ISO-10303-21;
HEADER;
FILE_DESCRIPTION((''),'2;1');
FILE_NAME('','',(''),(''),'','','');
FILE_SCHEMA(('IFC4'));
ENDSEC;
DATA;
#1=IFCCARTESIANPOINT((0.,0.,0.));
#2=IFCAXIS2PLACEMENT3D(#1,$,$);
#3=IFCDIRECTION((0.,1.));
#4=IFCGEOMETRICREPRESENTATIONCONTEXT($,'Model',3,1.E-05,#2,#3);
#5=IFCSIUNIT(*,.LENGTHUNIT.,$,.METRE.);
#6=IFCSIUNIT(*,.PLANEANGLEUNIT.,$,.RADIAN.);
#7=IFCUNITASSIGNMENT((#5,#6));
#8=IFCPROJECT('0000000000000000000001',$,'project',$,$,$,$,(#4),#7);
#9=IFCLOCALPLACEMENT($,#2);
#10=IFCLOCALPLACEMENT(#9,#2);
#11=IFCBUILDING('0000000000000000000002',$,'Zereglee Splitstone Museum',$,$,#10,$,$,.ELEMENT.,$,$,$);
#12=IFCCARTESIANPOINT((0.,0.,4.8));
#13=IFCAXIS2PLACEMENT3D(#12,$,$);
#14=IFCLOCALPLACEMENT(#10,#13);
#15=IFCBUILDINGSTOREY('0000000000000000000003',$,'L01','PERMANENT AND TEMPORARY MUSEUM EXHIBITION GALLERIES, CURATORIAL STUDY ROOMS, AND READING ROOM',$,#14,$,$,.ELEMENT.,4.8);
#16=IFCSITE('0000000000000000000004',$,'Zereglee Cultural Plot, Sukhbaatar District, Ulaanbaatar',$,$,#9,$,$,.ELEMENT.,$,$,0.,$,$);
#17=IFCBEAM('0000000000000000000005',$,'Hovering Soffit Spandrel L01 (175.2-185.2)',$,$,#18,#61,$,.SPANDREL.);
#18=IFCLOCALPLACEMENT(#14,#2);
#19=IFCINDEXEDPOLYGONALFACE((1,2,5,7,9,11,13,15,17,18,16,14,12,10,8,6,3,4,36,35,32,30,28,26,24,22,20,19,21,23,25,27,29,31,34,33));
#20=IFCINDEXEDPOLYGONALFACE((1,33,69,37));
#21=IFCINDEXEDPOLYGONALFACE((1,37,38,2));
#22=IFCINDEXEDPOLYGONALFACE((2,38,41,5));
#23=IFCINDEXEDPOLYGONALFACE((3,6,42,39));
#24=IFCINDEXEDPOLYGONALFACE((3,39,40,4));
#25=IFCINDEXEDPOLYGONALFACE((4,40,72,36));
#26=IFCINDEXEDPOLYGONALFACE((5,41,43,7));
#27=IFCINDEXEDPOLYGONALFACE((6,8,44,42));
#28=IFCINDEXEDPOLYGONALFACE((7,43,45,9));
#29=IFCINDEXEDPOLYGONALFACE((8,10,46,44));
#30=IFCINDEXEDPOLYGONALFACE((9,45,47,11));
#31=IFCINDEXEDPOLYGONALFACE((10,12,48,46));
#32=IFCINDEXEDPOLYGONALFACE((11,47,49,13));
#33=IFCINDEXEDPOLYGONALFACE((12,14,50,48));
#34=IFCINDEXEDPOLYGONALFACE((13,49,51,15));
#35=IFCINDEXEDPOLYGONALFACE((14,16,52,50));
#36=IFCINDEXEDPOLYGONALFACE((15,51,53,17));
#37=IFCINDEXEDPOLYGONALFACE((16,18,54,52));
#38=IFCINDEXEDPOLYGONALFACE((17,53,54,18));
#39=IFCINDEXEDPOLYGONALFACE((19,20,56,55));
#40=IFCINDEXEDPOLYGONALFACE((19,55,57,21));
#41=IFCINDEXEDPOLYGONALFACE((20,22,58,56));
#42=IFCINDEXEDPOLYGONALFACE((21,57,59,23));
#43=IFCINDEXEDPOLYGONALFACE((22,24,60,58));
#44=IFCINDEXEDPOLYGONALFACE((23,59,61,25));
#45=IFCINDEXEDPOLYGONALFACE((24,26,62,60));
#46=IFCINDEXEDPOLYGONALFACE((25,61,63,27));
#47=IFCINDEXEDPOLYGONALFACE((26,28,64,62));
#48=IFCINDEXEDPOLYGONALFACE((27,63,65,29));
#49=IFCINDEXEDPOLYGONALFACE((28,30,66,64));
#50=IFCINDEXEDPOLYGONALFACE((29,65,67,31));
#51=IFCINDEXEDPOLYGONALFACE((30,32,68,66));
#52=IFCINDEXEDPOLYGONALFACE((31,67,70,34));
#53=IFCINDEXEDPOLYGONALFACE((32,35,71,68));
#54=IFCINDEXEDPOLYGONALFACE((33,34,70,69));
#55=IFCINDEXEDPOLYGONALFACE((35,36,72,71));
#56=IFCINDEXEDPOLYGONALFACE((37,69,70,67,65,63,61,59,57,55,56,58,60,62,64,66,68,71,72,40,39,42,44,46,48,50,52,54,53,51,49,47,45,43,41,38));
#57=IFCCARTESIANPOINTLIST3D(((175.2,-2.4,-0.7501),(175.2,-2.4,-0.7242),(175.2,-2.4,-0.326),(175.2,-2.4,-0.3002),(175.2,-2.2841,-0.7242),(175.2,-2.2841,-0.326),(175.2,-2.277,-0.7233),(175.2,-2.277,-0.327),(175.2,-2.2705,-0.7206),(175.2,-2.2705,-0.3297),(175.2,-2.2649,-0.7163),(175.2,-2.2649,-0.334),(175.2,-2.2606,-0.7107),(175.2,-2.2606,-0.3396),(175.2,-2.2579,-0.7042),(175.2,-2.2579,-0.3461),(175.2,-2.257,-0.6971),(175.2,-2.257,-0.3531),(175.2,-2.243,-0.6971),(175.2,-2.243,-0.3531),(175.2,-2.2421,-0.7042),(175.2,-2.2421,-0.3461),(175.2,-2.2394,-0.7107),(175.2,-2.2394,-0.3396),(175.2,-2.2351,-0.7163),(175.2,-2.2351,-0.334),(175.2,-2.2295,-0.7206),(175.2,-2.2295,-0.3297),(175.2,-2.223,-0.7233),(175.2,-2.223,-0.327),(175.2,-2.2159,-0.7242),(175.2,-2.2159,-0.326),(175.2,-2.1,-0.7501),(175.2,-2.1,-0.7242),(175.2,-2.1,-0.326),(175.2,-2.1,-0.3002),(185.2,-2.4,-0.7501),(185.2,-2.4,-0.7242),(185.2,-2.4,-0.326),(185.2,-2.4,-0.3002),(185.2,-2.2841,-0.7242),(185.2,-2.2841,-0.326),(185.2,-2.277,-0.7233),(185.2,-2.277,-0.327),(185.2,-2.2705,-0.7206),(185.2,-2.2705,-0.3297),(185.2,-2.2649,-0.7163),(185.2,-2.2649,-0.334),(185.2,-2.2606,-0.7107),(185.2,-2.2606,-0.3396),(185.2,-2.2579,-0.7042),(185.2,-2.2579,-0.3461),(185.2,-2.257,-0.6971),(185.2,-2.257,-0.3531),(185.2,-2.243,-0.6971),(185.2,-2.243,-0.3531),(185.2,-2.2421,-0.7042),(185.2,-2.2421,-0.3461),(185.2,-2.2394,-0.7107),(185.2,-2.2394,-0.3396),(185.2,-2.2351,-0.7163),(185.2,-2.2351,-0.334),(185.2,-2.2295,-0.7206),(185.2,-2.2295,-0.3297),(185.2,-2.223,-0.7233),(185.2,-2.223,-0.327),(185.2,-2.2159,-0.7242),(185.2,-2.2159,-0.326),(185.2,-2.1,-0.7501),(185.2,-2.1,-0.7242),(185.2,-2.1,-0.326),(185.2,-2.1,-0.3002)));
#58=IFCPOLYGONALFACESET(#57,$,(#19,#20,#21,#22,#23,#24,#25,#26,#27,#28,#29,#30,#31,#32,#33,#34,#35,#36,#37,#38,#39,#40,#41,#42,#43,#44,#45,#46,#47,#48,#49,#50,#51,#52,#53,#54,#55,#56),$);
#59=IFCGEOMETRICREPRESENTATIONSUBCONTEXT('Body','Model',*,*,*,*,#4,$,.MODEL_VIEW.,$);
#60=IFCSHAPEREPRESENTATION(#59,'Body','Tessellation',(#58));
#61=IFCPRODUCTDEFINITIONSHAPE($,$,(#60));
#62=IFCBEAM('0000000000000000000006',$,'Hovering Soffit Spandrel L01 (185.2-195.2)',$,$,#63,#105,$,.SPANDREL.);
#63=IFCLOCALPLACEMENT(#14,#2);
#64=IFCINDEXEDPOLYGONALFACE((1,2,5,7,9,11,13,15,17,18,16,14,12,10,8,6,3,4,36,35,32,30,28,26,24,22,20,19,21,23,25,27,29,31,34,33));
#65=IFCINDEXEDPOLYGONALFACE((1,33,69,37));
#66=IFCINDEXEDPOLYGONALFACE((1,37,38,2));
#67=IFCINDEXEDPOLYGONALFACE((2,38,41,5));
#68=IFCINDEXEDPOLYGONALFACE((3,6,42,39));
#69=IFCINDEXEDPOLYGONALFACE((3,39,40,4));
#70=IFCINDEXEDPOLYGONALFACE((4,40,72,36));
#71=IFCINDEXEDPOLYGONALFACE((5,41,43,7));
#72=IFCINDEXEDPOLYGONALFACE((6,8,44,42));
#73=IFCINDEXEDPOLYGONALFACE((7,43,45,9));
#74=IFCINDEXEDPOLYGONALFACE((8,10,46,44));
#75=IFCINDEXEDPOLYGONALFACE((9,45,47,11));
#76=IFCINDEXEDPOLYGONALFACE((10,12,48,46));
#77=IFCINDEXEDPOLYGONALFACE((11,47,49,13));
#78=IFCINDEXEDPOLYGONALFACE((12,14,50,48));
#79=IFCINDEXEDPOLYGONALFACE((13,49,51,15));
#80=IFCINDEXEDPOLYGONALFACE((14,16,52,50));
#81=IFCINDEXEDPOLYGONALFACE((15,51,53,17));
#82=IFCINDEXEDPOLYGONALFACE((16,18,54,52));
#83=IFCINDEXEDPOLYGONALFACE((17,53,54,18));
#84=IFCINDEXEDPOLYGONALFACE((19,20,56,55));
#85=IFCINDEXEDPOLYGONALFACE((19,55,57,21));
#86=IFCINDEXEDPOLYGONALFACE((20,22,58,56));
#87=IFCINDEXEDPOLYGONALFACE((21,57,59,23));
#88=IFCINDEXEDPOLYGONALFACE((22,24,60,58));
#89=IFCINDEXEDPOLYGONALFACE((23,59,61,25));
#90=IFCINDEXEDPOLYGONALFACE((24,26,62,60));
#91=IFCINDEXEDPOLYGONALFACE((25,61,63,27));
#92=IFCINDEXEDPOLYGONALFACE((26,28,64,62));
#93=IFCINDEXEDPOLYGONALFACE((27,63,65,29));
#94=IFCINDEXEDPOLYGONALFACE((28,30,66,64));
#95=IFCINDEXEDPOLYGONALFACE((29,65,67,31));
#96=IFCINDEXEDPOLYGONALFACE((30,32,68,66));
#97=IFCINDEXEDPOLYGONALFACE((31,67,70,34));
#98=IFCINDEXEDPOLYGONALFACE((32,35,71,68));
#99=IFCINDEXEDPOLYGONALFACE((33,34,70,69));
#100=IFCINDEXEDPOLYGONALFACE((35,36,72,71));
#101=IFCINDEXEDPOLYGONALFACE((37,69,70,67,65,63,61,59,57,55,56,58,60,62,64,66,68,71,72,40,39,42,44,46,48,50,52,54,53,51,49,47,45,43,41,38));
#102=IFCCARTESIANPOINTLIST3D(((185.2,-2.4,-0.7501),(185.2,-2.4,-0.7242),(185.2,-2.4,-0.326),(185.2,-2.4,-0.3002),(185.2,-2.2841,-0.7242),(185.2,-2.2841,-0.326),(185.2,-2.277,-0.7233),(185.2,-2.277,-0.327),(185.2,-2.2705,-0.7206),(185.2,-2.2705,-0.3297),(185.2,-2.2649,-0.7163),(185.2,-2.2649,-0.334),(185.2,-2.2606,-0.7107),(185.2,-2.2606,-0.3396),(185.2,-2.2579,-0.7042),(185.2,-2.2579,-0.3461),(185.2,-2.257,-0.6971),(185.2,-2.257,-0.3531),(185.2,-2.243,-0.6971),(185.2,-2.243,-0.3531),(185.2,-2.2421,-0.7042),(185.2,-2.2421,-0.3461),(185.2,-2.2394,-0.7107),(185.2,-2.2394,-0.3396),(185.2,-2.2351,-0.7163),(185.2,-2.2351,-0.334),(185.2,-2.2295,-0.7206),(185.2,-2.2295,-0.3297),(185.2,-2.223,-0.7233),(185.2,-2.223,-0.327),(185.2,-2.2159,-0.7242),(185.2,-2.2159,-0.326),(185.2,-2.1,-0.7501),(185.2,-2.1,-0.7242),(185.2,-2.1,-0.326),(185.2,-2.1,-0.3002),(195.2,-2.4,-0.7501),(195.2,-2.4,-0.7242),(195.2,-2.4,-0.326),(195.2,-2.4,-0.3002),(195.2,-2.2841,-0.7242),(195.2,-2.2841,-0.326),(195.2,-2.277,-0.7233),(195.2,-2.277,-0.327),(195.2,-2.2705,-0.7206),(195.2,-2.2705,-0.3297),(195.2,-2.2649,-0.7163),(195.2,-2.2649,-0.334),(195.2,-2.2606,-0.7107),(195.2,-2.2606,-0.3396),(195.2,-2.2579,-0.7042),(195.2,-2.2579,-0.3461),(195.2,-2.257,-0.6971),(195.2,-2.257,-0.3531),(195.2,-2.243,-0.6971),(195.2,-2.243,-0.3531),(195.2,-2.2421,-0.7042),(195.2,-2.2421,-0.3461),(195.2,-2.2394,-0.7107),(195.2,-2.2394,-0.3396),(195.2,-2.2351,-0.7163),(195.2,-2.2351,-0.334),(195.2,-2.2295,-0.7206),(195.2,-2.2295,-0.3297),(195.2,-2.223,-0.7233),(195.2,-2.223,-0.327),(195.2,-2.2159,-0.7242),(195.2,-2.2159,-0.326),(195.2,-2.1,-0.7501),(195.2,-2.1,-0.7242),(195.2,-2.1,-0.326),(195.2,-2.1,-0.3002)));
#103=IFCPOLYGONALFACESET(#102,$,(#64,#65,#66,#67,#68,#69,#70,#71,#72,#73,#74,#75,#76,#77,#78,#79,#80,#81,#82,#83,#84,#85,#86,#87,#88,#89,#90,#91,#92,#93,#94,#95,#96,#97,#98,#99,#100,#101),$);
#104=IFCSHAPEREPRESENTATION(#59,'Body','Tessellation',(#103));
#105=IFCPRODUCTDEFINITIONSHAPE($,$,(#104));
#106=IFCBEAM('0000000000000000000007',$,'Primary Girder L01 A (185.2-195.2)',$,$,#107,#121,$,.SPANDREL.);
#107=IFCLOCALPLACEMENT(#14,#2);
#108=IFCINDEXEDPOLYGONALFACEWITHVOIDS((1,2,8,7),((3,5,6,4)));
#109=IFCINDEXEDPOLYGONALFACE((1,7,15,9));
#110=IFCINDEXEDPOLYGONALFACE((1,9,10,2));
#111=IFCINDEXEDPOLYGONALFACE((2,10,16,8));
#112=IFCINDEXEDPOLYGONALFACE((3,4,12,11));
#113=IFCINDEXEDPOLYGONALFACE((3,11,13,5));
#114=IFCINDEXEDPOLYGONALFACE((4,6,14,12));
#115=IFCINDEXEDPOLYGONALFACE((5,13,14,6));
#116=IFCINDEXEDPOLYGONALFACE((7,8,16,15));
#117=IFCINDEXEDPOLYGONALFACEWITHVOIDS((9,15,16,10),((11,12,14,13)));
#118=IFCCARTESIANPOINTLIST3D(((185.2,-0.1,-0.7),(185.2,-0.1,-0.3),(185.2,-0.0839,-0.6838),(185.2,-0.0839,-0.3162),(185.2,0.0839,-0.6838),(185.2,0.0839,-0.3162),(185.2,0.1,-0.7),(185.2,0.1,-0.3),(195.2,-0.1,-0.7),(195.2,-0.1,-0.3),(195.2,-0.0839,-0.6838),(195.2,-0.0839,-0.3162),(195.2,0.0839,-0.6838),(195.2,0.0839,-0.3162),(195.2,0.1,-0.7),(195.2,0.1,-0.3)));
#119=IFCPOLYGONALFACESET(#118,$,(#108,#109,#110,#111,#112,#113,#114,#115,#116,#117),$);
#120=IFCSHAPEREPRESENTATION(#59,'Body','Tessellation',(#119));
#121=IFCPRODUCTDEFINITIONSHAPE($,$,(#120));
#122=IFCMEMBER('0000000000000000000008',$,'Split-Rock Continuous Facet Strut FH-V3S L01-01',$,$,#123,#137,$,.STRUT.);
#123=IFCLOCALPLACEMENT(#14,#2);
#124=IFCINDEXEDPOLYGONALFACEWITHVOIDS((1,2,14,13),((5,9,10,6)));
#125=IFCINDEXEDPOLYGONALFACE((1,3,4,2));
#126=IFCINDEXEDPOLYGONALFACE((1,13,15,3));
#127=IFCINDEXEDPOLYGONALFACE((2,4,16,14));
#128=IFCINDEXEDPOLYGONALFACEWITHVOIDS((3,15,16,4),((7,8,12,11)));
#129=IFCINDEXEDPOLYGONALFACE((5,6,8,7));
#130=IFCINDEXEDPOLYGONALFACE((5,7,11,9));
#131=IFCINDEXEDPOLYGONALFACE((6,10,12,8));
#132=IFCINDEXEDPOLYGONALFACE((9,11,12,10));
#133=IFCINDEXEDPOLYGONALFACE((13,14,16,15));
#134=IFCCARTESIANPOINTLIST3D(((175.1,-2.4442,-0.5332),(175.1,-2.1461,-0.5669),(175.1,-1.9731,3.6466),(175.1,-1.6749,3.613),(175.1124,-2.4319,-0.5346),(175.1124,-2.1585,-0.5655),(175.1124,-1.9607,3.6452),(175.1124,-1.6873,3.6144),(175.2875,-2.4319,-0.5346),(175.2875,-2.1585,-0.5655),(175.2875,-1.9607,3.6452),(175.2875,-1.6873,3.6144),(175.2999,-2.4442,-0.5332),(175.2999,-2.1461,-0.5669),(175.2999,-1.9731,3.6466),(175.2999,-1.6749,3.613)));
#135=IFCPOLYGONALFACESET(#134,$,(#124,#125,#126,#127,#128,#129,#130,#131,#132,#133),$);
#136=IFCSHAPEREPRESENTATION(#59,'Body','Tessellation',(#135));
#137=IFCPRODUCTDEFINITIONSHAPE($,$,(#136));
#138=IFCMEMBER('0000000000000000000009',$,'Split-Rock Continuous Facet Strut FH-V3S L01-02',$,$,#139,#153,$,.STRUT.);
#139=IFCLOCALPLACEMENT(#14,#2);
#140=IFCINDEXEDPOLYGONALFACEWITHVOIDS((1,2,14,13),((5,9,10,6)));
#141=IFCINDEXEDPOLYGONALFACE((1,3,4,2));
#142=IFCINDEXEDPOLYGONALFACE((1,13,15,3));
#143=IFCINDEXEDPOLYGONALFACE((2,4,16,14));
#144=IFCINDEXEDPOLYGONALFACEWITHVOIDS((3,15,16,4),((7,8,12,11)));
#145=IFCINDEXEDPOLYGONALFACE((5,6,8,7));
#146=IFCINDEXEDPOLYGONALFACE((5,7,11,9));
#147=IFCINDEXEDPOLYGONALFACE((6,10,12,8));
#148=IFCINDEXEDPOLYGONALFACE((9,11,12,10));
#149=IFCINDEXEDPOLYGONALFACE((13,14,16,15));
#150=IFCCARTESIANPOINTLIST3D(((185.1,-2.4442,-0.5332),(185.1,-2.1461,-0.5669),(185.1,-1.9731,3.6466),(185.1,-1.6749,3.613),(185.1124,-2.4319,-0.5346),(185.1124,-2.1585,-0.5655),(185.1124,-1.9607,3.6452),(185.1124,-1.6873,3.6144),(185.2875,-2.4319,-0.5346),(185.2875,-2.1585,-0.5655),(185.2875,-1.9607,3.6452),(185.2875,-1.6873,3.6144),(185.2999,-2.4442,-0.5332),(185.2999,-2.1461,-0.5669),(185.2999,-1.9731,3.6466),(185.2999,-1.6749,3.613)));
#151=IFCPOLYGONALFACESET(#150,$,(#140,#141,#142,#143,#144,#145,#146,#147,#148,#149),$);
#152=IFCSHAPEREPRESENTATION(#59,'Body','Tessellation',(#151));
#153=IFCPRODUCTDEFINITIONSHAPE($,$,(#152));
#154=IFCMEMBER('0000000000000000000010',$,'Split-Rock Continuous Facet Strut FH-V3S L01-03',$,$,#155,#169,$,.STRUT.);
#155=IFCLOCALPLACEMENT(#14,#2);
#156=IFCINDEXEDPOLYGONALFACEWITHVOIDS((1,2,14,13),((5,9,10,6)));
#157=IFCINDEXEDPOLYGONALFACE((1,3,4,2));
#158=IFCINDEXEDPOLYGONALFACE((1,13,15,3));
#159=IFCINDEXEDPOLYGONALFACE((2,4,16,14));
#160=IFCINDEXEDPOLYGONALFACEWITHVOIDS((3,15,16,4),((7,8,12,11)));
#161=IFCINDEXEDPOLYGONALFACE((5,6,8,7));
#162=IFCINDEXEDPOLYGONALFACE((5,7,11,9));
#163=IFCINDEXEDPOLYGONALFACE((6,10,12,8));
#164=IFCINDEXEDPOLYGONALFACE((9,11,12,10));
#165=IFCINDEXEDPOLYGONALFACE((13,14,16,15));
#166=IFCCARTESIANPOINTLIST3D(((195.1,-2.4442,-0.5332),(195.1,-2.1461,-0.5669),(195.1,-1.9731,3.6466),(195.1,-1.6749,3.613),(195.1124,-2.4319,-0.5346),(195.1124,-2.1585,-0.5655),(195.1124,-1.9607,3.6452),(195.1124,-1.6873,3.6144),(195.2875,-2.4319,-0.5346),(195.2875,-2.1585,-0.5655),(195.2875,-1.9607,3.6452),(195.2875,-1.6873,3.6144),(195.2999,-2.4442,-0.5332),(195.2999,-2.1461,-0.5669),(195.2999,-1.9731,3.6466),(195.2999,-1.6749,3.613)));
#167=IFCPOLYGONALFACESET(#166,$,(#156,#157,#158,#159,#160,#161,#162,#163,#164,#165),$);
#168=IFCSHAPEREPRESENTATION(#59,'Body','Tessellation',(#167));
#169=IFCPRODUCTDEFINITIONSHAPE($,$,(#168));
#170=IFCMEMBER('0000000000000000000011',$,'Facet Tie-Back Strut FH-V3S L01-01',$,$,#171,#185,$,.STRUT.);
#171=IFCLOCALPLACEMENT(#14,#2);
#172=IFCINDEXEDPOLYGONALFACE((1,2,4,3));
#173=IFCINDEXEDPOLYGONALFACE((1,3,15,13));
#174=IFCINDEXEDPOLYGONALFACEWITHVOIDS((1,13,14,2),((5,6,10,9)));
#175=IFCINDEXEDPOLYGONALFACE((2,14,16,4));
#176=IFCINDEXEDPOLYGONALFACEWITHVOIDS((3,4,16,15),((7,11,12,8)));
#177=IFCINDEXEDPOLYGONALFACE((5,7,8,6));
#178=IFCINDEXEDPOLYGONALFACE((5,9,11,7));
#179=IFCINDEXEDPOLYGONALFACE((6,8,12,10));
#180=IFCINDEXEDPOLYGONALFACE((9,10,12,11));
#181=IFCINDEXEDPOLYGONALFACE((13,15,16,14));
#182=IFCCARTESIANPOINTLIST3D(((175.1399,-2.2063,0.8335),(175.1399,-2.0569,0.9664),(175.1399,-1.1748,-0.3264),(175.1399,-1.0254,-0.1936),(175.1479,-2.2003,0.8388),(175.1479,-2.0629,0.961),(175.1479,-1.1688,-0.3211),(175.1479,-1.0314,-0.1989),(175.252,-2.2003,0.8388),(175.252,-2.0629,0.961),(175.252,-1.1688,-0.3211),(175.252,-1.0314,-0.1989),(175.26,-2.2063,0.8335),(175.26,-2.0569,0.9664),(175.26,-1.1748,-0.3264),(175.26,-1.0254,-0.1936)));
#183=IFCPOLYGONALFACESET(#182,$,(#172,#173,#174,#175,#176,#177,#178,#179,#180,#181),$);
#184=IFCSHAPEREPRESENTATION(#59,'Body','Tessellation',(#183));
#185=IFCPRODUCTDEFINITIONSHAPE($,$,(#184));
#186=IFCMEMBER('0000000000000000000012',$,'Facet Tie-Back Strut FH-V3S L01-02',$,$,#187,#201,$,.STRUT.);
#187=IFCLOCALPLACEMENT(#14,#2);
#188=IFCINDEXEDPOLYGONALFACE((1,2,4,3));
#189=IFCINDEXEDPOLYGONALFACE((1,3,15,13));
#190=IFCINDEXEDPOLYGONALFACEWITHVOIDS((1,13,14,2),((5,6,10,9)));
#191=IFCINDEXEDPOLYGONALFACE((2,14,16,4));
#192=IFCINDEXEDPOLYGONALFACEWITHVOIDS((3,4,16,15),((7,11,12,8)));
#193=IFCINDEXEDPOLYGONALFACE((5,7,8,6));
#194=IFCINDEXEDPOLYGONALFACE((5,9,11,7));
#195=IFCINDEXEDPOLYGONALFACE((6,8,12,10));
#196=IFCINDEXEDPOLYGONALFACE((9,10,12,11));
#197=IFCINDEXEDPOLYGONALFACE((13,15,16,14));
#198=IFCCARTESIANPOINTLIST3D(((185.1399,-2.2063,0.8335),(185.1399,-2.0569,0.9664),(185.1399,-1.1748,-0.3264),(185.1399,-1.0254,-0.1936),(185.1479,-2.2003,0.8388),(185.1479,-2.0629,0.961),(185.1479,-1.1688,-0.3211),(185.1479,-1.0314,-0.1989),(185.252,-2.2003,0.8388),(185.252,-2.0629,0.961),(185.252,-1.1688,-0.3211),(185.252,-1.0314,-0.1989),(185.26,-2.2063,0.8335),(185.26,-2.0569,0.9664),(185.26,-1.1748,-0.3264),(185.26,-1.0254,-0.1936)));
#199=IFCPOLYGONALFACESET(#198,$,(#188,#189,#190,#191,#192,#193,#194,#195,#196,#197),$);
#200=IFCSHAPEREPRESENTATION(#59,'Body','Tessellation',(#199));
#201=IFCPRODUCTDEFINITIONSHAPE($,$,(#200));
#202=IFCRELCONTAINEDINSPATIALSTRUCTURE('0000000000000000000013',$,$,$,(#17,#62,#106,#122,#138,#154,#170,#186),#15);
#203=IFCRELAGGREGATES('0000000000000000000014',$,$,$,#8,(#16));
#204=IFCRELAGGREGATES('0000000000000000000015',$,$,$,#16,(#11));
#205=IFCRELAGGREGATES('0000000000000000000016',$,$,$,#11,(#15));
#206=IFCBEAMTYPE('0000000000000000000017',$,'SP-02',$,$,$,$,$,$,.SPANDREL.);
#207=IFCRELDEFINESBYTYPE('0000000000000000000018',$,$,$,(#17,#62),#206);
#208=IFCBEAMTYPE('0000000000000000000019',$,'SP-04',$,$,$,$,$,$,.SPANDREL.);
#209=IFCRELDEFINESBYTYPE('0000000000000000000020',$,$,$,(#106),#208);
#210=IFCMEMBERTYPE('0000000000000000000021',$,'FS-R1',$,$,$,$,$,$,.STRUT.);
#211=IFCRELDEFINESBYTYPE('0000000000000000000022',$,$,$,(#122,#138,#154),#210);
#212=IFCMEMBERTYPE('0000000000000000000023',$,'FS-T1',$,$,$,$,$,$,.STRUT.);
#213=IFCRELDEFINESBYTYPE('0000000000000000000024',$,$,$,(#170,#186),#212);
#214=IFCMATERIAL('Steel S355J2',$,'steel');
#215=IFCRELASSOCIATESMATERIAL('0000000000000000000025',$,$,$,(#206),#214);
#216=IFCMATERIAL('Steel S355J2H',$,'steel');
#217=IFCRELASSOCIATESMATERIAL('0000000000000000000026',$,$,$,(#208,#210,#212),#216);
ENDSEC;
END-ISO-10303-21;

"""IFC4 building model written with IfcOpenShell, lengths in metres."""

from ifc_helpers import new_model, si_unit, direction, frame, origin, origin_2d, place, context, subcontext, project, spatial, hollow_rectangle, i_section, extrude, material, material_profile, profile_set, type_object, element, save


model = new_model("IFC4")

# Units and contexts
model_context = context("Model", 3, precision=1e-05, world=origin(), true_north=direction((0.0, 1.0)))
body_context = subcontext(model_context, "Body", "Model", "MODEL_VIEW")
ifc_project = project(units=[si_unit("LENGTHUNIT", "METRE"), si_unit("PLANEANGLEUNIT", "RADIAN")], contexts=[model_context])

# Site, building, storey
site_placement = place(None, origin())
site = spatial("IfcSite", under=ifc_project, at=site_placement, Name="Zereglee Cultural Plot, Sukhbaatar District, Ulaanbaatar", CompositionType="ELEMENT", RefElevation=0.0)
building_placement = place(site_placement, origin())
building = spatial("IfcBuilding", under=site, at=building_placement, Name="Zereglee Splitstone Museum", CompositionType="ELEMENT")
storey_placement = place(building_placement, frame((0.0, 0.0, 4.8)))
storey = spatial("IfcBuildingStorey", under=building, at=storey_placement, Name="L01", Description="PERMANENT AND TEMPORARY MUSEUM EXHIBITION GALLERIES, CURATORIAL STUDY ROOMS, AND READING ROOM", CompositionType="ELEMENT", Elevation=4.8)

# Shared definitions
ifc_material_1 = material(Name="Steel S355J2", Category="steel")

# Beams
ifc_material_profile_1 = material_profile(ifc_material_1, i_section(OverallWidth=0.3, OverallDepth=0.45, WebThickness=0.0139, FlangeThickness=0.0259, FilletRadius=0.0271, at=origin_2d()), Name="HE 450 B")
ifc_profile_set_1 = profile_set([ifc_material_profile_1], Name="Steel S355J2")
beam_type_1 = type_object("IfcBeamType", Name="SP-02", PredefinedType="SPANDREL", material=ifc_profile_set_1)
for number, where, z_axis, x_axis, name in (
    (1, (175.2, -2.25, -0.5251), (1.0, 0.0, 0.0), (0.0, 1.0, 0.0), "Hovering Soffit Spandrel L01 (175.2-185.2)"),
    (2, (185.2, -2.25, -0.5251), (1.0, 0.0, 0.0), (0.0, 1.0, 0.0), "Hovering Soffit Spandrel L01 (185.2-195.2)"),
):
    element("IfcBeam", number, at=place(storey_placement, frame(where, z_axis=z_axis, x_axis=x_axis)), inside=storey, type_object=beam_type_1, Name=name, PredefinedType="SPANDREL", context=body_context, shape_type="SweptSolid", body=[
        extrude(i_section(OverallWidth=0.3, OverallDepth=0.45, WebThickness=0.0139, FlangeThickness=0.0259, FilletRadius=0.0271, at=origin_2d()), origin(), (0.0, 0.0, 1.0), 10.0),
    ])
ifc_material_2 = material(Name="Steel S355J2H", Category="steel")
ifc_material_profile_2 = material_profile(ifc_material_2, hollow_rectangle(XDim=0.2, YDim=0.3999, WallThickness=0.0161, at=origin_2d()), Name="RHS 400x200x16")
ifc_profile_set_2 = profile_set([ifc_material_profile_2], Name="Steel S355J2H")
beam_type_2 = type_object("IfcBeamType", Name="SP-04", PredefinedType="SPANDREL", material=ifc_profile_set_2)
beam_1_placement = place(storey_placement, frame((185.2, 0.0, -0.5), z_axis=(1.0, 0.0, 0.0), x_axis=(0.0, 1.0, 0.0)))
element("IfcBeam", 3, at=beam_1_placement, inside=storey, type_object=beam_type_2, Name="Primary Girder L01 A (185.2-195.2)", PredefinedType="SPANDREL", context=body_context, shape_type="SweptSolid", body=[
    extrude(hollow_rectangle(XDim=0.2, YDim=0.3999, WallThickness=0.0161, at=origin_2d()), origin(), (0.0, 0.0, 1.0), 10.0),
])

# Members
ifc_material_profile_3 = material_profile(ifc_material_2, hollow_rectangle(XDim=0.2, YDim=0.3, WallThickness=0.0125, at=origin_2d()), Name="RHS 300x200x12.5")
ifc_profile_set_3 = profile_set([ifc_material_profile_3], Name="Steel S355J2H")
member_type_1 = type_object("IfcMemberType", Name="FS-R1", PredefinedType="STRUT", material=ifc_profile_set_3)
for number, where, z_axis, x_axis, name in (
    (4, (175.2, -2.2952, -0.55), (0.0, 0.112018, 0.993706), (-1.0, 0.0, 0.0), "Split-Rock Continuous Facet Strut FH-V3S L01-01"),
    (5, (185.2, -2.2952, -0.55), (0.0, 0.112018, 0.993706), (-1.0, 0.0, 0.0), "Split-Rock Continuous Facet Strut FH-V3S L01-02"),
    (6, (195.2, -2.2952, -0.55), (0.0, 0.112018, 0.993706), (-1.0, 0.0, 0.0), "Split-Rock Continuous Facet Strut FH-V3S L01-03"),
):
    element("IfcMember", number, at=place(storey_placement, frame(where, z_axis=z_axis, x_axis=x_axis)), inside=storey, type_object=member_type_1, Name=name, PredefinedType="STRUT", context=body_context, shape_type="SweptSolid", body=[
        extrude(hollow_rectangle(XDim=0.2, YDim=0.3, WallThickness=0.0125, at=origin_2d()), origin(), (0.0, 0.0, 1.0), 4.2063),
    ])
ifc_material_profile_4 = material_profile(ifc_material_2, hollow_rectangle(XDim=0.1201, YDim=0.2, WallThickness=0.0081, at=origin_2d()), Name="RHS 200x120x8")
ifc_profile_set_4 = profile_set([ifc_material_profile_4], Name="Steel S355J2H")
member_type_2 = type_object("IfcMemberType", Name="FS-T1", PredefinedType="STRUT", material=ifc_profile_set_4)
for number, where, z_axis, x_axis, name in (
    (7, (175.2, -1.1001, -0.26), (0.0, -0.66453, 0.747262), (1.0, 0.0, 0.0), "Facet Tie-Back Strut FH-V3S L01-01"),
    (8, (185.2, -1.1001, -0.26), (0.0, -0.66453, 0.747262), (1.0, 0.0, 0.0), "Facet Tie-Back Strut FH-V3S L01-02"),
):
    element("IfcMember", number, at=place(storey_placement, frame(where, z_axis=z_axis, x_axis=x_axis)), inside=storey, type_object=member_type_2, Name=name, PredefinedType="STRUT", context=body_context, shape_type="SweptSolid", body=[
        extrude(hollow_rectangle(XDim=0.1201, YDim=0.2, WallThickness=0.0081, at=origin_2d()), origin(), (0.0, 0.0, 1.0), 1.5522),
    ])

save(model, "model.ifc")
